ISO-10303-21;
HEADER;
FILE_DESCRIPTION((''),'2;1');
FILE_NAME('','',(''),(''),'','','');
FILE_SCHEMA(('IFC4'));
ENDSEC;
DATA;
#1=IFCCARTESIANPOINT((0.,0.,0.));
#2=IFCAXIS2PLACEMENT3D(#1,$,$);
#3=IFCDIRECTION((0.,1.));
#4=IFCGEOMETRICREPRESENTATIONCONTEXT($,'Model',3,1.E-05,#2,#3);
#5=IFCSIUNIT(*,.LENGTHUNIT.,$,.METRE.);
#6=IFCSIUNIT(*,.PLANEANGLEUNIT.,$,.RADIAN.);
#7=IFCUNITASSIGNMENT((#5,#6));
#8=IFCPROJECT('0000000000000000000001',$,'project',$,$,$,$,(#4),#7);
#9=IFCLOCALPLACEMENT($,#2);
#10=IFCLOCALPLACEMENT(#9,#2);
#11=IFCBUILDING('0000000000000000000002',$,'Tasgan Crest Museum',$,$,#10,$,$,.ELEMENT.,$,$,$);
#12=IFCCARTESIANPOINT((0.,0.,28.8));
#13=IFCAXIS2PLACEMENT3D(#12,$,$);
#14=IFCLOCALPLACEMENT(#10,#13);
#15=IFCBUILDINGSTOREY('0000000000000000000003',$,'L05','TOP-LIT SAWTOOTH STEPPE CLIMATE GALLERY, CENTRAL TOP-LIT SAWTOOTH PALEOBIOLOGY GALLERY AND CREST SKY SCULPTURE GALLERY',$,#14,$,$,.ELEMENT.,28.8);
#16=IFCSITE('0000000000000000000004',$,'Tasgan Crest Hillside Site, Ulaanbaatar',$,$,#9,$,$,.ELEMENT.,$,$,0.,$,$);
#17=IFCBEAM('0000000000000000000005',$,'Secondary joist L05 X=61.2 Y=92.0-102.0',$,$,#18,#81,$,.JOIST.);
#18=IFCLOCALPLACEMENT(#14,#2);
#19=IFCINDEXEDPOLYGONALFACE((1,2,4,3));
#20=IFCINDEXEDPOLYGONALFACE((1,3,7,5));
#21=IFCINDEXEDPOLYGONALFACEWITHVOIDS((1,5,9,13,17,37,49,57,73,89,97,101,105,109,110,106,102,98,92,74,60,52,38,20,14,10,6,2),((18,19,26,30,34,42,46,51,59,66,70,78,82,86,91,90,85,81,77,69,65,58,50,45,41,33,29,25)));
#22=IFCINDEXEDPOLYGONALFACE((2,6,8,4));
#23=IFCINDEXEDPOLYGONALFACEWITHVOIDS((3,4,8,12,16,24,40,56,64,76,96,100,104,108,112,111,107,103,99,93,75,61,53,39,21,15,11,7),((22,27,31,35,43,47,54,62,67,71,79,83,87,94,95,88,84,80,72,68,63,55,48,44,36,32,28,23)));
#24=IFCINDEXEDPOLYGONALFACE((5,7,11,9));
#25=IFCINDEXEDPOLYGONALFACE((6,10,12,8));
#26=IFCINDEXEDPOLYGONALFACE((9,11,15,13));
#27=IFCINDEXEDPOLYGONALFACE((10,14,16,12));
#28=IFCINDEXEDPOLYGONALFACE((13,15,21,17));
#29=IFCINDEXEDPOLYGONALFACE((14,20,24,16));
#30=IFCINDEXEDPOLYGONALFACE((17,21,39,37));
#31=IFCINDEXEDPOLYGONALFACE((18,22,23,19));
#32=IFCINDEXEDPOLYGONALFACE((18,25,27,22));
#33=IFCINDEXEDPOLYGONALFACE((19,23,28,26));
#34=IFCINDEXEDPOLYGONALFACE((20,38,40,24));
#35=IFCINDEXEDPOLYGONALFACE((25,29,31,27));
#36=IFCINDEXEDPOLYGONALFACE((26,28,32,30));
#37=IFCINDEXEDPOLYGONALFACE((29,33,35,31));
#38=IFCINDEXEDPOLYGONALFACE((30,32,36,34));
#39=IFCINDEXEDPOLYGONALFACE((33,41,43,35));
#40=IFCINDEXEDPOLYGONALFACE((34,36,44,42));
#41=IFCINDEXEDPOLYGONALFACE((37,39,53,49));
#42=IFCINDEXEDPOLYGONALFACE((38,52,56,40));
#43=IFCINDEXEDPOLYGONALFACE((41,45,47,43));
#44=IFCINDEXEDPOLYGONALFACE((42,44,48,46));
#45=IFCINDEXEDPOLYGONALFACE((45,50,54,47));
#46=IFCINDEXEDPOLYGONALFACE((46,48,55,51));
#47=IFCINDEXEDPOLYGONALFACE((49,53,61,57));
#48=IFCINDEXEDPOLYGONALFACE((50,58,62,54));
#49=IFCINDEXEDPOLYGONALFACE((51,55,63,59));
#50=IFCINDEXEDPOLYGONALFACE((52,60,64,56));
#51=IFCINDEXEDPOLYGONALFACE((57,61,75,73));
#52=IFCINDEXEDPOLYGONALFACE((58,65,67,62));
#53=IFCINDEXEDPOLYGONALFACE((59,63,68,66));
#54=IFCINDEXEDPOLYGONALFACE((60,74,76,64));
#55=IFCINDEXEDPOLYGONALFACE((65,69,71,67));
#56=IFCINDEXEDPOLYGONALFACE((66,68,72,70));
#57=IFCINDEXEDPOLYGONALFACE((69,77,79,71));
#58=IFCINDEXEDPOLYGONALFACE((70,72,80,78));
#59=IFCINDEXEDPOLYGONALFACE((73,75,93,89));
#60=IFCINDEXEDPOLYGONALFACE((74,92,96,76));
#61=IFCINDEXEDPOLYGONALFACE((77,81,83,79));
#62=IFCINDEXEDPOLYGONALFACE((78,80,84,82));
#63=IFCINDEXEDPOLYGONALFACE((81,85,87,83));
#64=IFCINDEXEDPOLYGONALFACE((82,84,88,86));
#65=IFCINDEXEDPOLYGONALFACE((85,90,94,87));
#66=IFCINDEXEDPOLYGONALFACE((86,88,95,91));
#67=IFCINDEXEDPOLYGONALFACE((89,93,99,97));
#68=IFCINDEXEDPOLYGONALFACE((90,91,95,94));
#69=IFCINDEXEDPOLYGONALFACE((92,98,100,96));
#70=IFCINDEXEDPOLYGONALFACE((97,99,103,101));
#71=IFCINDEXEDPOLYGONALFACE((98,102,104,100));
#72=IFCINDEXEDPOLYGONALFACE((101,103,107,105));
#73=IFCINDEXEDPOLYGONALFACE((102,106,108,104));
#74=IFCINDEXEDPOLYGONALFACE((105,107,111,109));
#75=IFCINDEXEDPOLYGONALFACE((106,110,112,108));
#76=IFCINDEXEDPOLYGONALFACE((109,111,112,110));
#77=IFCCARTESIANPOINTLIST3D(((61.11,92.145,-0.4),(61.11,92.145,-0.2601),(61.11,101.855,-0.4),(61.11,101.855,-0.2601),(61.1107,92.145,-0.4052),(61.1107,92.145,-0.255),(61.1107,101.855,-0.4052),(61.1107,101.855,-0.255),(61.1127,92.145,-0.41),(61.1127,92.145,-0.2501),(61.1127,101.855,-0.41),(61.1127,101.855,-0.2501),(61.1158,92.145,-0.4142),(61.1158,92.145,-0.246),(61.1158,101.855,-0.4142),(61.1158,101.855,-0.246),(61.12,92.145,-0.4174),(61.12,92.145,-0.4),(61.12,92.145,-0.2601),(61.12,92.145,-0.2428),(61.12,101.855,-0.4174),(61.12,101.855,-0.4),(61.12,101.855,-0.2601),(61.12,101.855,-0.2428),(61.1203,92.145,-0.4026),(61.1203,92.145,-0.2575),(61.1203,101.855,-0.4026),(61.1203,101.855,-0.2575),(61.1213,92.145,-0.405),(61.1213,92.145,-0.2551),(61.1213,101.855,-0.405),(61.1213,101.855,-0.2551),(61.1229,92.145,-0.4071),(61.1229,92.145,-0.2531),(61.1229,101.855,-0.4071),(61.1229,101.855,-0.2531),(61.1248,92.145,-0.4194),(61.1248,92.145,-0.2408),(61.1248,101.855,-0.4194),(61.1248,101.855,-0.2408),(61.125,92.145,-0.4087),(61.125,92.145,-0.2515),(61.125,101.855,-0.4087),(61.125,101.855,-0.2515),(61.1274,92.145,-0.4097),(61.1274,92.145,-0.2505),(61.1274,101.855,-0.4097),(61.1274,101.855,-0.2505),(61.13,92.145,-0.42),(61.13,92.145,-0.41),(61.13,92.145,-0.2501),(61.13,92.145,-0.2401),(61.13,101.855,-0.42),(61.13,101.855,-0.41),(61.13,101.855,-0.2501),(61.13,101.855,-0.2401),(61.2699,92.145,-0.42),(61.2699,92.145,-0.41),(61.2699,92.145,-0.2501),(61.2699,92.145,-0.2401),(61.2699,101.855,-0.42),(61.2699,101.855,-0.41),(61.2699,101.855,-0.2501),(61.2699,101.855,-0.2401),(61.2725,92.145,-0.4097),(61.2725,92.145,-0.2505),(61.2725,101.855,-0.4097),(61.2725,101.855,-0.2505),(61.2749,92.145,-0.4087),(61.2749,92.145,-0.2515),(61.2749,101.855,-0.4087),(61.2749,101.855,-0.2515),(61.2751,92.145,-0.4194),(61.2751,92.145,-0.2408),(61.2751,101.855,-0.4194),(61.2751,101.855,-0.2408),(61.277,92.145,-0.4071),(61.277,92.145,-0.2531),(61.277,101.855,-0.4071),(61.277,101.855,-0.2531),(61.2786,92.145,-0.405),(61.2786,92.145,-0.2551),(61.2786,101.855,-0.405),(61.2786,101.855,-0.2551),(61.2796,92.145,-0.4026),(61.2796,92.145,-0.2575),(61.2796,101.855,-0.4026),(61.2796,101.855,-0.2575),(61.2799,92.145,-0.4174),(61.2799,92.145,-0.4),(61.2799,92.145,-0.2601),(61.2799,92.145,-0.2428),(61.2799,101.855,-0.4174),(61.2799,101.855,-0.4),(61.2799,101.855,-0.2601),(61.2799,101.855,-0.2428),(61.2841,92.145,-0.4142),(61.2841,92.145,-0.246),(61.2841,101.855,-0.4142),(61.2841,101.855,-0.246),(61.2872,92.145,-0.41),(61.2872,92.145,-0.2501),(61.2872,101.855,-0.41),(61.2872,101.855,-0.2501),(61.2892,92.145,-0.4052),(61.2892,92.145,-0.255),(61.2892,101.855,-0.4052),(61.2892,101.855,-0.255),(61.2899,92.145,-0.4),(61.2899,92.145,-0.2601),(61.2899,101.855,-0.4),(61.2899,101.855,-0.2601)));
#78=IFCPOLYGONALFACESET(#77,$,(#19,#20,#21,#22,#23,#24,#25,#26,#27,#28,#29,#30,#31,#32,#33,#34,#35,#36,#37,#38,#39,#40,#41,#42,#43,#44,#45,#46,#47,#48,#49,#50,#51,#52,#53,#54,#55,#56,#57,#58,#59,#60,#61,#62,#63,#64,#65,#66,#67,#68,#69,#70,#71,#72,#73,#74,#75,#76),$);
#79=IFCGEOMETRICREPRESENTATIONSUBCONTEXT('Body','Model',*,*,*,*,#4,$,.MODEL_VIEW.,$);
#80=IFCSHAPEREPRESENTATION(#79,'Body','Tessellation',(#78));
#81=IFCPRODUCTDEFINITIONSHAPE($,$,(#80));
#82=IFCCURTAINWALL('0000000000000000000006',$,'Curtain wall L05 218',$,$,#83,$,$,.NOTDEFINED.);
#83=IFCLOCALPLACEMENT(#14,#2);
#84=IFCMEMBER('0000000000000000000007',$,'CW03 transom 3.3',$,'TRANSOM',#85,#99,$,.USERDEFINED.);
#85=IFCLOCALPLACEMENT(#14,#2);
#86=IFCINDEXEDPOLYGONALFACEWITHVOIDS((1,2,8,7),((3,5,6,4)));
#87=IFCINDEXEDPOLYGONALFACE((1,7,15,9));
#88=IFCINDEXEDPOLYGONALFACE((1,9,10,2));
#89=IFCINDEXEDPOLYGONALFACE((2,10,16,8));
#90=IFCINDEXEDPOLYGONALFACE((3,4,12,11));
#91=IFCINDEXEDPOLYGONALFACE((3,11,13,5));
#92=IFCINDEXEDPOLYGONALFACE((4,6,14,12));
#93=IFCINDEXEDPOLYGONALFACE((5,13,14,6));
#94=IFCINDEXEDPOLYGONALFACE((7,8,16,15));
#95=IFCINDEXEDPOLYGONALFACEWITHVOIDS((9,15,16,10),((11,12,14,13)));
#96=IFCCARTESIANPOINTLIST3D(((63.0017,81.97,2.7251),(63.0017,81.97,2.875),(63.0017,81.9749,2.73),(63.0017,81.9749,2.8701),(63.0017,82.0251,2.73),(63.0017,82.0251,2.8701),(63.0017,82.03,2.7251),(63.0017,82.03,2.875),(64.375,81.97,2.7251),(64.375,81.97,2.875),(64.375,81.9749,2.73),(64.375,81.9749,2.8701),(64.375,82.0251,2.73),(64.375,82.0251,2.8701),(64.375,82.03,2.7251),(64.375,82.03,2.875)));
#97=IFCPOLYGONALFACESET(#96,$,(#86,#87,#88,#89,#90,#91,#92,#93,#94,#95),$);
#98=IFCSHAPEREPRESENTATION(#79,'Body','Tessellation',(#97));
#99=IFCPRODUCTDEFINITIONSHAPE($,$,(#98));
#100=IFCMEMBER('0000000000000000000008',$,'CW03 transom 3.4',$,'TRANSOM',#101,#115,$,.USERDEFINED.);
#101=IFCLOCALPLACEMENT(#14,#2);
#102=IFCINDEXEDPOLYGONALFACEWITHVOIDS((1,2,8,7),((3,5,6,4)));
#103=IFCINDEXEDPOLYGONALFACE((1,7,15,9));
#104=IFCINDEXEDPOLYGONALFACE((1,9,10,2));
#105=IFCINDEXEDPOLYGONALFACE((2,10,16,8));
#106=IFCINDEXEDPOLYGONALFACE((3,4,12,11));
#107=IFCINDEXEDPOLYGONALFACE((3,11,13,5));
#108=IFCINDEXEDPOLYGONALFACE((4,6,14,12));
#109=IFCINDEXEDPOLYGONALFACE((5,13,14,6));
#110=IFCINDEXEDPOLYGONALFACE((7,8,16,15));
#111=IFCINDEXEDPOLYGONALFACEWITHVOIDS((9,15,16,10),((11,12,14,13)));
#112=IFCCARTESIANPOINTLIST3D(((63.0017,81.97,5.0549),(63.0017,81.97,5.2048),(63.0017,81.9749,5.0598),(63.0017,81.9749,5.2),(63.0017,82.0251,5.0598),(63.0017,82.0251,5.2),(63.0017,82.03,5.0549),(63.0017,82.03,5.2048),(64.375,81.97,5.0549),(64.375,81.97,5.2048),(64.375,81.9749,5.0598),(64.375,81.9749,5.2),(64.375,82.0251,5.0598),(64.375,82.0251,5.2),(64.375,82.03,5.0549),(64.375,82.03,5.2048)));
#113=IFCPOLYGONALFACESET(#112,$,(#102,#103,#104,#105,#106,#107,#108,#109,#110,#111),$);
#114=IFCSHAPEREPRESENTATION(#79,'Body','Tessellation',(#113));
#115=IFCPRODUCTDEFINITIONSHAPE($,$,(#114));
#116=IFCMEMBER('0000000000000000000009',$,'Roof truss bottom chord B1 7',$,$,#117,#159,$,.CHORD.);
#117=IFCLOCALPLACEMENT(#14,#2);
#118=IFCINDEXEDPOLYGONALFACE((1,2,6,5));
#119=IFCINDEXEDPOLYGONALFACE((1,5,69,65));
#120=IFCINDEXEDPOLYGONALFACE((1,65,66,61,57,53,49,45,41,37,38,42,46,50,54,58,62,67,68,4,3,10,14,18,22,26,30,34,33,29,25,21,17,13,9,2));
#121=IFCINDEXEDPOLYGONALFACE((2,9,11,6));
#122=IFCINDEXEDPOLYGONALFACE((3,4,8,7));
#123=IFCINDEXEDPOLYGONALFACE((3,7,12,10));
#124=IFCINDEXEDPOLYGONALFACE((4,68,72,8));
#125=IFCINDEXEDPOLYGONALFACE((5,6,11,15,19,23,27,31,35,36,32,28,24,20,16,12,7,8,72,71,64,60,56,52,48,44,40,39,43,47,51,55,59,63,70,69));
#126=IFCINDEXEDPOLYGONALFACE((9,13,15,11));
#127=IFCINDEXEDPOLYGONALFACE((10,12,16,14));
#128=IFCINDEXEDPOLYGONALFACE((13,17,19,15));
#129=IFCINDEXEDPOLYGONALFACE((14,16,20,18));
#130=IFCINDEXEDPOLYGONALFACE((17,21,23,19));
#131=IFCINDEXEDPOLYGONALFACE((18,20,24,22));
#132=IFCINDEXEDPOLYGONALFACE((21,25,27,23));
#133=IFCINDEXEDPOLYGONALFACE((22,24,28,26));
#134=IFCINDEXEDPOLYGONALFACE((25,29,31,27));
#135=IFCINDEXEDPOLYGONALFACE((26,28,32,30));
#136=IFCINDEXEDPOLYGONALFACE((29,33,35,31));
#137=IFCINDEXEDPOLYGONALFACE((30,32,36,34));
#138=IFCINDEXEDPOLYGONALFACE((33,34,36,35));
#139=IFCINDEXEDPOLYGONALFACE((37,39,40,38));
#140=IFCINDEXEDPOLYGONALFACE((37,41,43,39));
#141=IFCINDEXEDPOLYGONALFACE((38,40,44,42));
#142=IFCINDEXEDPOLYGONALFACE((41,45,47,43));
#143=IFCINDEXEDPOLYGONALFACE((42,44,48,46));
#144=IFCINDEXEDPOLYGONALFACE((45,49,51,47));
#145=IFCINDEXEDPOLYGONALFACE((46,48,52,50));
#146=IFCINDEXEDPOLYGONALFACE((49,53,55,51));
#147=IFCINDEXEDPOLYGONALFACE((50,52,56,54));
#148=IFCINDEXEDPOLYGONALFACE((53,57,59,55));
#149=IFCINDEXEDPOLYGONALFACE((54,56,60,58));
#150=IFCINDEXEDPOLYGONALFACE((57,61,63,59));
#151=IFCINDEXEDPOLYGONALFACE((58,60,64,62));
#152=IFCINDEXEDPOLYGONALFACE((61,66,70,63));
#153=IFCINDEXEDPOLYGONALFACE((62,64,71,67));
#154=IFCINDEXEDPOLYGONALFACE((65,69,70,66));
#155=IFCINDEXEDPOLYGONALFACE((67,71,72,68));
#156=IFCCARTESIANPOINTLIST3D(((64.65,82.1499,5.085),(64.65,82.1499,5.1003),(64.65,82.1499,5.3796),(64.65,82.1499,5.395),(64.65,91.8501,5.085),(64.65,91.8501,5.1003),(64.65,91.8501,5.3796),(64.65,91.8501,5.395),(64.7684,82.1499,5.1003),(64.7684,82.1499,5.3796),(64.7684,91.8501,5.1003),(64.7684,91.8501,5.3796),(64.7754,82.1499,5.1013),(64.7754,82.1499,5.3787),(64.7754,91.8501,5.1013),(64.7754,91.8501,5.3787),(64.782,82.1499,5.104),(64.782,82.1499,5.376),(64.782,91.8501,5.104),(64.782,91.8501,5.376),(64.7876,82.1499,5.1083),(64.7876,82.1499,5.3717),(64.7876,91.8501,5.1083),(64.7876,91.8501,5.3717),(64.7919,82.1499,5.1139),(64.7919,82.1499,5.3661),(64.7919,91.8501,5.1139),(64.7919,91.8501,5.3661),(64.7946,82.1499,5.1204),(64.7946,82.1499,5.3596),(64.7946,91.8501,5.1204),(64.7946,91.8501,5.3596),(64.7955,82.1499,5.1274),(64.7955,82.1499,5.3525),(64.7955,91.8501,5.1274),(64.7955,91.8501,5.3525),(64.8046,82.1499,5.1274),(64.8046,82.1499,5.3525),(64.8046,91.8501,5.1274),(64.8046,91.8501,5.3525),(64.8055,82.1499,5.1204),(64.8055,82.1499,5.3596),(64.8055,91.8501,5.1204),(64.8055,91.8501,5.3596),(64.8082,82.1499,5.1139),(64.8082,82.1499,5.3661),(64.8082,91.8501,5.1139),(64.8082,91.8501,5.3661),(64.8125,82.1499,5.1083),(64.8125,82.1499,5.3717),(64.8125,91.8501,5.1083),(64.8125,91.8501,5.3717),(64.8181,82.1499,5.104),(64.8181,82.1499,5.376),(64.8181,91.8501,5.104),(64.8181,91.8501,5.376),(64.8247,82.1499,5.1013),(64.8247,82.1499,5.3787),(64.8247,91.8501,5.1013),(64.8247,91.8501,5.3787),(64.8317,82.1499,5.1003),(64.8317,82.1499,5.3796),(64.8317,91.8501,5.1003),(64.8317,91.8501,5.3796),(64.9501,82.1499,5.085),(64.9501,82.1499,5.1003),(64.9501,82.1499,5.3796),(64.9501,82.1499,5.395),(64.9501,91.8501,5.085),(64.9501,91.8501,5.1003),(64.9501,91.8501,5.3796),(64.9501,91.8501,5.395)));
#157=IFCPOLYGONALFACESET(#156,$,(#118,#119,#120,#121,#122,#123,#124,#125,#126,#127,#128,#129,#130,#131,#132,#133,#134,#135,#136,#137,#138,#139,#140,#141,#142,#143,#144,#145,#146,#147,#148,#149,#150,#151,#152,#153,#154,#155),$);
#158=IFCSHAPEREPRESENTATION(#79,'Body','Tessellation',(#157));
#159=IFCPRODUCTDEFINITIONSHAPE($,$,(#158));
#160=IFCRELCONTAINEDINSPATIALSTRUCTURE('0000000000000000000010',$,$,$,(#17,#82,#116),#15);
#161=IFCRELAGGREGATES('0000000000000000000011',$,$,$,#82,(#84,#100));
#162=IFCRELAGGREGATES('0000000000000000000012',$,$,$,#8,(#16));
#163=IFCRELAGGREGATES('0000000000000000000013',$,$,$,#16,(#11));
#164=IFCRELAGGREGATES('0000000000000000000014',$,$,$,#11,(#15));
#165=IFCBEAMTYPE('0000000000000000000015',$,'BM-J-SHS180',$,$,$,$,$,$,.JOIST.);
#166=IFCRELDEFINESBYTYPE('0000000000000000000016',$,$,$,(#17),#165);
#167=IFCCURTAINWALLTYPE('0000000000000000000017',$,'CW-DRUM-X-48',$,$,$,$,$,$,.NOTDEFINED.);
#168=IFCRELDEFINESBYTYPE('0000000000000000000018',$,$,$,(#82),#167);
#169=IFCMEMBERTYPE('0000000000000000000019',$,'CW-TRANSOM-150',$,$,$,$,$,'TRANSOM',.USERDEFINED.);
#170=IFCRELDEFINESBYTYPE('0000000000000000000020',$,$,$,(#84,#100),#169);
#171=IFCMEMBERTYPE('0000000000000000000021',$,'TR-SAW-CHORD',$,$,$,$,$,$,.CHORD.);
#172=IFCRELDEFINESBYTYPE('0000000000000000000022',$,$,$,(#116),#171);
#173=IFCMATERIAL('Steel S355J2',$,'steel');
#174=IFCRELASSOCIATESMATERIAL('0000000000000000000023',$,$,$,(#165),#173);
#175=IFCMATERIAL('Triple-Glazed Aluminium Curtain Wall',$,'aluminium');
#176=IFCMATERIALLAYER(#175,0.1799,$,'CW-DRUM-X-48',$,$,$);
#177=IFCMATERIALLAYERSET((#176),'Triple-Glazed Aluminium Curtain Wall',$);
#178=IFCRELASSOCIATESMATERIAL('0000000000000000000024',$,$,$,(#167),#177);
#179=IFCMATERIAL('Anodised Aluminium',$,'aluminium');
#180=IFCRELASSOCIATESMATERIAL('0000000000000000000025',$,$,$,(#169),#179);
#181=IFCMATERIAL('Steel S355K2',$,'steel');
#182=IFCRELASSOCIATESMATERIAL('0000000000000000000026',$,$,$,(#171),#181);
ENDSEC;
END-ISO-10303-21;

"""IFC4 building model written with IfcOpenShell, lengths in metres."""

from ifc_helpers import new_model, si_unit, direction, frame, origin, origin_2d, place, context, subcontext, project, spatial, hollow_rectangle, i_section, extrude, material, layer, layer_set, material_profile, profile_set, type_object, element, aggregate, save


model = new_model("IFC4")

# Units and contexts
model_context = context("Model", 3, precision=1e-05, world=origin(), true_north=direction((0.0, 1.0)))
body_context = subcontext(model_context, "Body", "Model", "MODEL_VIEW")
ifc_project = project(units=[si_unit("LENGTHUNIT", "METRE"), si_unit("PLANEANGLEUNIT", "RADIAN")], contexts=[model_context])

# Site, building, storey
site_placement = place(None, origin())
site = spatial("IfcSite", under=ifc_project, at=site_placement, Name="Tasgan Crest Hillside Site, Ulaanbaatar", CompositionType="ELEMENT", RefElevation=0.0)
building_placement = place(site_placement, origin())
building = spatial("IfcBuilding", under=site, at=building_placement, Name="Tasgan Crest Museum", CompositionType="ELEMENT")
storey_placement = place(building_placement, frame((0.0, 0.0, 28.8)))
storey = spatial("IfcBuildingStorey", under=building, at=storey_placement, Name="L05", Description="TOP-LIT SAWTOOTH STEPPE CLIMATE GALLERY, CENTRAL TOP-LIT SAWTOOTH PALEOBIOLOGY GALLERY AND CREST SKY SCULPTURE GALLERY", CompositionType="ELEMENT", Elevation=28.8)

# Beam
ifc_material_1 = material(Name="Steel S355J2", Category="steel")
ifc_material_profile_1 = material_profile(ifc_material_1, hollow_rectangle(XDim=0.1799, YDim=0.1799, WallThickness=0.01, InnerFilletRadius=0.01, OuterFilletRadius=0.02, at=origin_2d()), Name="SHS 180x180x10")
ifc_profile_set_1 = profile_set([ifc_material_profile_1], Name="Steel S355J2")
beam_type_1 = type_object("IfcBeamType", Name="BM-J-SHS180", PredefinedType="JOIST", material=ifc_profile_set_1)
for number, where, z_axis, x_axis, name in (
    (1, (61.2, 92.145, -0.3301), (0.0, 1.0, 0.0), (-1.0, 0.0, 0.0), "Secondary joist L05 X=61.2 Y=92.0-102.0"),
):
    element("IfcBeam", number, at=place(storey_placement, frame(where, z_axis=z_axis, x_axis=x_axis)), inside=storey, type_object=beam_type_1, Name=name, PredefinedType="JOIST", context=body_context, shape_type="SweptSolid", body=[
        extrude(hollow_rectangle(XDim=0.1799, YDim=0.1799, WallThickness=0.01, InnerFilletRadius=0.01, OuterFilletRadius=0.02, at=origin_2d()), origin(), (0.0, 0.0, 1.0), 9.71),
    ])

# Curtain wall, members
ifc_material_2 = material(Name="Triple-Glazed Aluminium Curtain Wall", Category="aluminium")
ifc_layer_1 = layer(ifc_material_2, 0.1799, Name="CW-DRUM-X-48")
ifc_layer_set_1 = layer_set([ifc_layer_1], Name="Triple-Glazed Aluminium Curtain Wall")
curtain_wall_type = type_object("IfcCurtainWallType", Name="CW-DRUM-X-48", PredefinedType="NOTDEFINED", material=ifc_layer_set_1)
curtain_wall_placement = place(storey_placement, origin())
curtain_wall = element("IfcCurtainWall", 2, at=curtain_wall_placement, inside=storey, type_object=curtain_wall_type, Name="Curtain wall L05 218", PredefinedType="NOTDEFINED")
ifc_material_3 = material(Name="Anodised Aluminium", Category="aluminium")
ifc_material_profile_2 = material_profile(ifc_material_3, hollow_rectangle(XDim=0.0601, YDim=0.1499, WallThickness=0.0049, at=origin_2d()), Name="ALU TRANSOM 150x60x5")
ifc_profile_set_2 = profile_set([ifc_material_profile_2], Name="Anodised Aluminium")
member_type_1 = type_object("IfcMemberType", Name="CW-TRANSOM-150", ElementType="TRANSOM", PredefinedType="USERDEFINED", material=ifc_profile_set_2)
member_1_placement = place(storey_placement, frame((63.0017, 82.0, 2.8), z_axis=(1.0, 0.0, 0.0), x_axis=(0.0, 1.0, 0.0)))
member_1 = element("IfcMember", 3, at=member_1_placement, type_object=member_type_1, Name="CW03 transom 3.3", ObjectType="TRANSOM", PredefinedType="USERDEFINED", context=body_context, shape_type="SweptSolid", body=[
    extrude(hollow_rectangle(XDim=0.0601, YDim=0.1499, WallThickness=0.0049, at=origin_2d()), origin(), (0.0, 0.0, 1.0), 1.3733),
])
member_2_placement = place(storey_placement, frame((63.0017, 82.0, 5.1299), z_axis=(1.0, 0.0, 0.0), x_axis=(0.0, 1.0, 0.0)))
member_2 = element("IfcMember", 4, at=member_2_placement, type_object=member_type_1, Name="CW03 transom 3.4", ObjectType="TRANSOM", PredefinedType="USERDEFINED", context=body_context, shape_type="SweptSolid", body=[
    extrude(hollow_rectangle(XDim=0.0601, YDim=0.1499, WallThickness=0.0049, at=origin_2d()), origin(), (0.0, 0.0, 1.0), 1.3733),
])

# Member
ifc_material_4 = material(Name="Steel S355K2", Category="steel")
ifc_material_profile_3 = material_profile(ifc_material_4, i_section(OverallWidth=0.3, OverallDepth=0.3101, WebThickness=0.009, FlangeThickness=0.0154, FilletRadius=0.0271, at=origin_2d()), Name="HEA 320")
ifc_profile_set_3 = profile_set([ifc_material_profile_3], Name="Steel S355K2")
member_type_2 = type_object("IfcMemberType", Name="TR-SAW-CHORD", PredefinedType="CHORD", material=ifc_profile_set_3)
member_3_placement = place(storey_placement, frame((64.8, 82.1499, 5.24), z_axis=(0.0, 1.0, 0.0), x_axis=(-1.0, 0.0, 0.0)))
element("IfcMember", 5, at=member_3_placement, inside=storey, type_object=member_type_2, Name="Roof truss bottom chord B1 7", PredefinedType="CHORD", context=body_context, shape_type="SweptSolid", body=[
    extrude(i_section(OverallWidth=0.3, OverallDepth=0.3101, WebThickness=0.009, FlangeThickness=0.0154, FilletRadius=0.0271, at=origin_2d()), origin(), (0.0, 0.0, 1.0), 9.7002),
])

aggregate(curtain_wall, [member_1, member_2])

save(model, "model.ifc")
